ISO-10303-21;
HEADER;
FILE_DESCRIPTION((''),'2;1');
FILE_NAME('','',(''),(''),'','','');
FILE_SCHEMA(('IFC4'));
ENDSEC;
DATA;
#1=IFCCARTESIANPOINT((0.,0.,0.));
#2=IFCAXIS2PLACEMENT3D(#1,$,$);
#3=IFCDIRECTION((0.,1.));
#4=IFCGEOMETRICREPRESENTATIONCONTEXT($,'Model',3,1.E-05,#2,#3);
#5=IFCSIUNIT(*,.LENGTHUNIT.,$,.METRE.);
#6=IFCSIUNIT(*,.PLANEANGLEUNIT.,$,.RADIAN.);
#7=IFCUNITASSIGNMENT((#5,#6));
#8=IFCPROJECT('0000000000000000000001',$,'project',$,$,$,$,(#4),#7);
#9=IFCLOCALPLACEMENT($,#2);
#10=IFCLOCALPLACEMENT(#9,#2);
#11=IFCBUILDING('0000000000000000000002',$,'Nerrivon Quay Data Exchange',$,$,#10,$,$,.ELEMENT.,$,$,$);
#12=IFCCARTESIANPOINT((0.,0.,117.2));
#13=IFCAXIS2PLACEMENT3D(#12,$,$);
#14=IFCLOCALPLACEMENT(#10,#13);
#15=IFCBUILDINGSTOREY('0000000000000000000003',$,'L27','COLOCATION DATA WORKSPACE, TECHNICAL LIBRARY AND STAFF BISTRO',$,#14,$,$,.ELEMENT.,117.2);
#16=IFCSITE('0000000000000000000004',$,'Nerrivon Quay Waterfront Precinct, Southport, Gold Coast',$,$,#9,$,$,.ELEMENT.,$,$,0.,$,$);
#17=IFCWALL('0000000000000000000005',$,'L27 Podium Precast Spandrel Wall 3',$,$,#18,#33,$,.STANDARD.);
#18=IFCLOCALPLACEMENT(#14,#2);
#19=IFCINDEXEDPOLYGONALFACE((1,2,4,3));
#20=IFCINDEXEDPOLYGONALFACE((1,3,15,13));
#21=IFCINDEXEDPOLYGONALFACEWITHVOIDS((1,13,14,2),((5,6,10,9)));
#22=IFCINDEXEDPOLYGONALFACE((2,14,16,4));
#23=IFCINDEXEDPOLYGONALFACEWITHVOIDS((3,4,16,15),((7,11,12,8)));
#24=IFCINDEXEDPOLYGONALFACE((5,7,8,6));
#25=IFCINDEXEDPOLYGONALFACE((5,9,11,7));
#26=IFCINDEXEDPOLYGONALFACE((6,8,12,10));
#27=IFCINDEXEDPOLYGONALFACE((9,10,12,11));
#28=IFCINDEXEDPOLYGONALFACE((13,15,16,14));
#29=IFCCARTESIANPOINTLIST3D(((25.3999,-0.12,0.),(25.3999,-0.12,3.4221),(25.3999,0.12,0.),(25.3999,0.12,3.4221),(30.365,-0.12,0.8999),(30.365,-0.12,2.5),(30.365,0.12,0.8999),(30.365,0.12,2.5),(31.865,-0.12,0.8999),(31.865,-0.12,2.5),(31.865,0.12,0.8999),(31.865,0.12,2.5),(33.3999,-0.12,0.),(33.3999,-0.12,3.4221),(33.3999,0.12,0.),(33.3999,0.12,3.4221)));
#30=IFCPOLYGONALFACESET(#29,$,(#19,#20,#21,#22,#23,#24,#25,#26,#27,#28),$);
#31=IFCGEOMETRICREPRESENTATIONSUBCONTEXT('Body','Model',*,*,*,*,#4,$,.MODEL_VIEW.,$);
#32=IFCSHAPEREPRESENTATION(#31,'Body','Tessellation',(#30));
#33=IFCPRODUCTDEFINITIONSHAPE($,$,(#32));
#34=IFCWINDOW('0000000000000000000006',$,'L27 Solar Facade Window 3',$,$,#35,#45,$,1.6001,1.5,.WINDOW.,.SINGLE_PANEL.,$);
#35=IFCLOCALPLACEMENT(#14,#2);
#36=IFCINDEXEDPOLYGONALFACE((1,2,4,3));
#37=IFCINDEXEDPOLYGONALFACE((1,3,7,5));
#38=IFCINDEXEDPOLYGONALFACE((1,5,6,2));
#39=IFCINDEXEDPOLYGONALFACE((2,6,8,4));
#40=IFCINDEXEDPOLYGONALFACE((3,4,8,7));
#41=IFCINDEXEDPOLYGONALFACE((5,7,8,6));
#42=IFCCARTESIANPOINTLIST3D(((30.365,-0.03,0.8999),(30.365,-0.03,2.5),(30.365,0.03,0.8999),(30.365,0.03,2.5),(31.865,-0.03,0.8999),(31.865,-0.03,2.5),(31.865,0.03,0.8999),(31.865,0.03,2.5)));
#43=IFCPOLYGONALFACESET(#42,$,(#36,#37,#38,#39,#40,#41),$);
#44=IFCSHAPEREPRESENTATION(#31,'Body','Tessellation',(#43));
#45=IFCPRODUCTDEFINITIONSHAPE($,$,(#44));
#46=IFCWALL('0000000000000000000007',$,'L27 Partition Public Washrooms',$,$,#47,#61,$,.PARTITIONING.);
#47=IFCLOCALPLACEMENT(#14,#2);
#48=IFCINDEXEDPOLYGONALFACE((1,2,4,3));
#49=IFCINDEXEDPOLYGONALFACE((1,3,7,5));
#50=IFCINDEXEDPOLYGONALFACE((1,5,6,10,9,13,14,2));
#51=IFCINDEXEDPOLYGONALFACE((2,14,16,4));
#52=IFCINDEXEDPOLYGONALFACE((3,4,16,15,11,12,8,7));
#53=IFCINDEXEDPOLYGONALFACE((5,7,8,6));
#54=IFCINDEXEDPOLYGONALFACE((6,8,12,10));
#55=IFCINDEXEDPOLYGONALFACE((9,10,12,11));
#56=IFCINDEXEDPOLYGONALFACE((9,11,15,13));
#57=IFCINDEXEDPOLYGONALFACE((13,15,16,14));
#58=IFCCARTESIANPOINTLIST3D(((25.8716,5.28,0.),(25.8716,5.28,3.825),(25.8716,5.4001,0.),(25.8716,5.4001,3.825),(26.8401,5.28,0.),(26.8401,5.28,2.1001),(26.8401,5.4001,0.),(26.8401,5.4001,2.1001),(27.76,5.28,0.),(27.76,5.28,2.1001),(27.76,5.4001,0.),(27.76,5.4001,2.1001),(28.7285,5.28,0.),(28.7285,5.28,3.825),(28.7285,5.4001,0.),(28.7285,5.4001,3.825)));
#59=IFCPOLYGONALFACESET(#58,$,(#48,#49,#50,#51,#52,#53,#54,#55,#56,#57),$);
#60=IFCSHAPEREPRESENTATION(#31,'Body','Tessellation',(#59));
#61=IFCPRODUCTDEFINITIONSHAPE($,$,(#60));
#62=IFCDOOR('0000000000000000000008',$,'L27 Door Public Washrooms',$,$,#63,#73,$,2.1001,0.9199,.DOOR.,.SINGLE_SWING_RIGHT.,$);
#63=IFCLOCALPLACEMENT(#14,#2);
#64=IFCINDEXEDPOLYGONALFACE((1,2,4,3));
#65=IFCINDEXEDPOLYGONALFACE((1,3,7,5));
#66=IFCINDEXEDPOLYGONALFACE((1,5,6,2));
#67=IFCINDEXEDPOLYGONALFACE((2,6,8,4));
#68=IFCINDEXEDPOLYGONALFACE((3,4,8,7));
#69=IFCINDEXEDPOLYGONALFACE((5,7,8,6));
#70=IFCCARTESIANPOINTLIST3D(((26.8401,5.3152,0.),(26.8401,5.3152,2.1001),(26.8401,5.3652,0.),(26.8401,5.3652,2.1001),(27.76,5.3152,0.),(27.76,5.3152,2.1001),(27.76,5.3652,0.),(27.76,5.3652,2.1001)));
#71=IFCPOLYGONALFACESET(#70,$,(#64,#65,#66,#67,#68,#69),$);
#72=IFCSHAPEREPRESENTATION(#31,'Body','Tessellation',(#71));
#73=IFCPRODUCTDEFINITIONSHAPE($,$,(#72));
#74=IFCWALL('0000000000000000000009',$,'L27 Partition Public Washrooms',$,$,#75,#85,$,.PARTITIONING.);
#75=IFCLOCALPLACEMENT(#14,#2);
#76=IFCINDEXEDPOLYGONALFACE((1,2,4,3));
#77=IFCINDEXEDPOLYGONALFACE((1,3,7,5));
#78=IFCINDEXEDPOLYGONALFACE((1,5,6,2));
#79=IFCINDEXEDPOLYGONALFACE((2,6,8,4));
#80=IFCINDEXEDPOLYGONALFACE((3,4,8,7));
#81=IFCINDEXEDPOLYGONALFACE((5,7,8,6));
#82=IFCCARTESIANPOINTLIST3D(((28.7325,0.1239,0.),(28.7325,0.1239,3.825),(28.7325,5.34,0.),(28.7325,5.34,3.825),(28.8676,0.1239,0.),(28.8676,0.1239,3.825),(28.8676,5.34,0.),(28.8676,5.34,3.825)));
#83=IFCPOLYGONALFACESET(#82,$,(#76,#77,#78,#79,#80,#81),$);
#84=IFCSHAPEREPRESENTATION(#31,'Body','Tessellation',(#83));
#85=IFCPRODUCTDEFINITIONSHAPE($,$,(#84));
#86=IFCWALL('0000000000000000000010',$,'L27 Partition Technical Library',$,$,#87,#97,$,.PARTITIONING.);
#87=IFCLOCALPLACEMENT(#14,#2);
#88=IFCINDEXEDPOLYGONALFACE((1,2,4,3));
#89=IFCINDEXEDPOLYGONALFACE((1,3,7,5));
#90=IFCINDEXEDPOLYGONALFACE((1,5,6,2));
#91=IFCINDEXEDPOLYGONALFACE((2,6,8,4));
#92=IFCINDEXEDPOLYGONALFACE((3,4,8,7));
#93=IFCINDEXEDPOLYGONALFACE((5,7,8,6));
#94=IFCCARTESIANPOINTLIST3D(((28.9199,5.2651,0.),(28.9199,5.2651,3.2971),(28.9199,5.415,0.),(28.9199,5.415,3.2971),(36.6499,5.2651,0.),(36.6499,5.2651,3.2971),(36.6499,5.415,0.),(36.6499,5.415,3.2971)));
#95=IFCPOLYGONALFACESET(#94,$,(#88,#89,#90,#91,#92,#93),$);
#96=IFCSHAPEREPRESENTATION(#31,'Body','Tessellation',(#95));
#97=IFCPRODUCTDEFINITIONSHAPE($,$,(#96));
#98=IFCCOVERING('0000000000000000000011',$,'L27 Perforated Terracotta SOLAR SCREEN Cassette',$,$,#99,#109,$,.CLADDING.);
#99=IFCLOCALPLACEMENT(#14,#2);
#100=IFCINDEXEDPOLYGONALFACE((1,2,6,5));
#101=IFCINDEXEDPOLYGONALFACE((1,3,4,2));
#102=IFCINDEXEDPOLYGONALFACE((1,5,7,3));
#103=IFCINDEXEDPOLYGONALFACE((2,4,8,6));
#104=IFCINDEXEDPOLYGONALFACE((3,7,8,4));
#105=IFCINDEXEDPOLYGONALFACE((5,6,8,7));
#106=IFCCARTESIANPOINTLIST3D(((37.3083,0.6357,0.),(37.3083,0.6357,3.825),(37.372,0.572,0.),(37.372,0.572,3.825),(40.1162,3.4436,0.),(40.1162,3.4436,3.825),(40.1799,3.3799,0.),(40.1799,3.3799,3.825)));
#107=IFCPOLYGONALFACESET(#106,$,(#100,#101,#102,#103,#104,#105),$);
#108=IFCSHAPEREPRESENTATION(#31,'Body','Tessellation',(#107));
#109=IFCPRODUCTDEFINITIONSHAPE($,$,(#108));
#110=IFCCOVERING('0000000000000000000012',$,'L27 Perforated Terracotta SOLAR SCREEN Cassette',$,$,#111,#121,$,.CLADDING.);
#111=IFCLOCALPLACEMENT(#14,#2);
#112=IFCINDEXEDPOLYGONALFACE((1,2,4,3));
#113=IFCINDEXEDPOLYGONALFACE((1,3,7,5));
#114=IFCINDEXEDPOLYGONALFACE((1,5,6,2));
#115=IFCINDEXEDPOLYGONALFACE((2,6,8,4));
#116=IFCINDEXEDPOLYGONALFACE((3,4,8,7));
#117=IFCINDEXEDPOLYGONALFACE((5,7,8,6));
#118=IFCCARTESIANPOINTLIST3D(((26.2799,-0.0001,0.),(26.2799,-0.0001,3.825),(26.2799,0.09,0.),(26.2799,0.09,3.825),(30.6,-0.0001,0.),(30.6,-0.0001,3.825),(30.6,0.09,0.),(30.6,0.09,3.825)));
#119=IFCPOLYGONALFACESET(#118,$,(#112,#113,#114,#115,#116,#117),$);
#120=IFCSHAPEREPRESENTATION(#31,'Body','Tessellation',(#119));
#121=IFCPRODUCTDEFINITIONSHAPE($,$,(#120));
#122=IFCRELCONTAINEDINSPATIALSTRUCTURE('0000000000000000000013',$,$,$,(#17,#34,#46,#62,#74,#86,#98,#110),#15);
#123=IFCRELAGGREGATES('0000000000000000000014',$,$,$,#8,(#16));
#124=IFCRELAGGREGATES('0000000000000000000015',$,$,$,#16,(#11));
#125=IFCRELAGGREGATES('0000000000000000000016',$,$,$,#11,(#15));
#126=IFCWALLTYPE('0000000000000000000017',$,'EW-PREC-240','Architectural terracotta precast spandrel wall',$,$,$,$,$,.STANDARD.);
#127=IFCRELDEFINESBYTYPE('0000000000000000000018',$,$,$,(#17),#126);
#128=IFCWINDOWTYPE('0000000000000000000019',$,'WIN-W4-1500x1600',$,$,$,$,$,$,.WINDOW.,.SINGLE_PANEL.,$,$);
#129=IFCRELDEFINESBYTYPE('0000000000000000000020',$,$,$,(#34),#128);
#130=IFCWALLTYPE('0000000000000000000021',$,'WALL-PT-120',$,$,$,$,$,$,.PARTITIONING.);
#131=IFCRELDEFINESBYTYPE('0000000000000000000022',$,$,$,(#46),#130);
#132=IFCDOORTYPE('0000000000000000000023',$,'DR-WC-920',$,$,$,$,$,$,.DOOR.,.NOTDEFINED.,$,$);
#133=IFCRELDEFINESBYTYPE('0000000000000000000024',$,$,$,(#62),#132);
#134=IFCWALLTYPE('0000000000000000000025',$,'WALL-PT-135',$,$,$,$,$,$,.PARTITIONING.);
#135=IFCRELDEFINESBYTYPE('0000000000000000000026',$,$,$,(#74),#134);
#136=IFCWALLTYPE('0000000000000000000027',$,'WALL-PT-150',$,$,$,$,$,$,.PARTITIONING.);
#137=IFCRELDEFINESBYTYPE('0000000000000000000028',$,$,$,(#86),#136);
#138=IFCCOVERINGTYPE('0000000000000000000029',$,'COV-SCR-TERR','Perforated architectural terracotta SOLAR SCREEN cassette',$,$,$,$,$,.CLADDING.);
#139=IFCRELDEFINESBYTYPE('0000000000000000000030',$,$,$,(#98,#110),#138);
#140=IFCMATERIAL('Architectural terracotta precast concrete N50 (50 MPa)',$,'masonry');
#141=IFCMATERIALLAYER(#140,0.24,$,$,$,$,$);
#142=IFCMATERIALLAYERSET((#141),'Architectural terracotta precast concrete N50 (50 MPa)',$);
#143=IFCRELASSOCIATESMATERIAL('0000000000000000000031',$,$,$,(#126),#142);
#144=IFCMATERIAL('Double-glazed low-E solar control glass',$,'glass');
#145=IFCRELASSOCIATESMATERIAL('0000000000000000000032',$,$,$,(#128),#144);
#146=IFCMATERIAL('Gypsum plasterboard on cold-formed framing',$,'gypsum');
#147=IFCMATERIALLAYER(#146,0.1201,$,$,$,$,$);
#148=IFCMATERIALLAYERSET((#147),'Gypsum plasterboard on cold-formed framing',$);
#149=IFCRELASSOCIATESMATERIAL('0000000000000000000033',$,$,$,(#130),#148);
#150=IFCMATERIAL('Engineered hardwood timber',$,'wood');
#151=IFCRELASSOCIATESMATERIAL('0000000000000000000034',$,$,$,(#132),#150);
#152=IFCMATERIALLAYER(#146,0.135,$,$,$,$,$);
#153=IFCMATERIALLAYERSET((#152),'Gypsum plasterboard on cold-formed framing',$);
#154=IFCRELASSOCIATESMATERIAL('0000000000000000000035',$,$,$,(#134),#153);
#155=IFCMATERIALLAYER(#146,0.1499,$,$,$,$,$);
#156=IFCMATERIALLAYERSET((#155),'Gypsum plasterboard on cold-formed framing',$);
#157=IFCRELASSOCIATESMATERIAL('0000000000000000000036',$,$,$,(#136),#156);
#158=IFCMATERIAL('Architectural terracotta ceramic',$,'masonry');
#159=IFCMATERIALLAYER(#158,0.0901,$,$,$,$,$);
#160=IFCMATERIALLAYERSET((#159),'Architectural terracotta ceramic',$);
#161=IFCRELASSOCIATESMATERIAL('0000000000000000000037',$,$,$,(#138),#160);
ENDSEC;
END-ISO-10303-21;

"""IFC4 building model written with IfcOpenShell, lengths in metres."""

from ifc_helpers import new_model, si_unit, direction, frame, frame_2d, origin, origin_2d, place, context, subcontext, project, spatial, rectangle, extrude, material, layer, layer_set, type_object, element, fill, save


model = new_model("IFC4")

# Units and contexts
model_context = context("Model", 3, precision=1e-05, world=origin(), true_north=direction((0.0, 1.0)))
body_context = subcontext(model_context, "Body", "Model", "MODEL_VIEW")
ifc_project = project(units=[si_unit("LENGTHUNIT", "METRE"), si_unit("PLANEANGLEUNIT", "RADIAN")], contexts=[model_context])

# Site, building, storey
site_placement = place(None, origin())
site = spatial("IfcSite", under=ifc_project, at=site_placement, Name="Nerrivon Quay Waterfront Precinct, Southport, Gold Coast", CompositionType="ELEMENT", RefElevation=0.0)
building_placement = place(site_placement, origin())
building = spatial("IfcBuilding", under=site, at=building_placement, Name="Nerrivon Quay Data Exchange", CompositionType="ELEMENT")
storey_placement = place(building_placement, frame((0.0, 0.0, 117.2)))
storey = spatial("IfcBuildingStorey", under=building, at=storey_placement, Name="L27", Description="COLOCATION DATA WORKSPACE, TECHNICAL LIBRARY AND STAFF BISTRO", CompositionType="ELEMENT", Elevation=117.2)

# Shared definitions
ifc_material_1 = material(Name="Double-glazed low-E solar control glass", Category="glass")

# Wall, opening, window
ifc_material_2 = material(Name="Architectural terracotta precast concrete N50 (50 MPa)", Category="masonry")
ifc_layer_1 = layer(ifc_material_2, 0.24)
ifc_layer_set_1 = layer_set([ifc_layer_1], Name="Architectural terracotta precast concrete N50 (50 MPa)")
wall_type_1 = type_object("IfcWallType", Name="EW-PREC-240", Description="Architectural terracotta precast spandrel wall", PredefinedType="STANDARD", material=ifc_layer_set_1)
wall_1_placement = place(storey_placement, frame((33.3999, 0.0, 0.0), z_axis=(0.0, 0.0, 1.0), x_axis=(-1.0, 0.0, 0.0)))
wall_1 = element("IfcWall", 1, at=wall_1_placement, inside=storey, type_object=wall_type_1, Name="L27 Podium Precast Spandrel Wall 3", PredefinedType="STANDARD", context=body_context, shape_type="SweptSolid", body=[
    extrude(rectangle(XDim=8.0, YDim=0.24, at=frame_2d((4.0, 0.0))), origin(), (0.0, 0.0, 1.0), 3.4221),
])
opening_1_placement = place(wall_1_placement, frame((1.5349, 0.0, 0.8999)))
opening_1 = element("IfcOpeningElement", 2, at=opening_1_placement, cuts=wall_1, PredefinedType="OPENING", context=body_context, shape_type="SweptSolid", body=[
    extrude(rectangle(XDim=1.5, YDim=1.6001, at=frame_2d((0.75, 0.8))), frame((0.0, 0.1299, 0.0), z_axis=(0.0, -1.0, 0.0), x_axis=(1.0, 0.0, 0.0)), (0.0, 0.0, 1.0), 0.26),
])
window_type = type_object("IfcWindowType", Name="WIN-W4-1500x1600", PartitioningType="SINGLE_PANEL", PredefinedType="WINDOW", material=ifc_material_1)
window_placement = place(opening_1_placement, origin())
window = element("IfcWindow", 3, at=window_placement, inside=storey, type_object=window_type, Name="L27 Solar Facade Window 3", OverallHeight=1.6001, OverallWidth=1.5, PartitioningType="SINGLE_PANEL", PredefinedType="WINDOW", context=body_context, shape_type="SweptSolid", body=[
    extrude(rectangle(XDim=1.5, YDim=1.6001, at=frame_2d((0.75, 0.8))), frame((0.0, 0.03, 0.0), z_axis=(0.0, -1.0, 0.0), x_axis=(1.0, 0.0, 0.0)), (0.0, 0.0, 1.0), 0.0601),
])
fill(opening_1, window)

# Wall, opening, door
ifc_material_3 = material(Name="Gypsum plasterboard on cold-formed framing", Category="gypsum")
ifc_layer_2 = layer(ifc_material_3, 0.1201)
ifc_layer_set_2 = layer_set([ifc_layer_2], Name="Gypsum plasterboard on cold-formed framing")
wall_type_2 = type_object("IfcWallType", Name="WALL-PT-120", PredefinedType="PARTITIONING", material=ifc_layer_set_2)
wall_2_placement = place(storey_placement, frame((28.7285, 5.3401, 0.0), z_axis=(0.0, 0.0, 1.0), x_axis=(-1.0, 0.0, 0.0)))
wall_2 = element("IfcWall", 4, at=wall_2_placement, inside=storey, type_object=wall_type_2, Name="L27 Partition Public Washrooms", PredefinedType="PARTITIONING", context=body_context, shape_type="SweptSolid", body=[
    extrude(rectangle(XDim=2.8569, YDim=0.1201, at=frame_2d((1.4285, 0.0))), origin(), (0.0, 0.0, 1.0), 3.825),
])
opening_2_placement = place(wall_2_placement, frame((0.9685, 0.0, 0.0)))
opening_2 = element("IfcOpeningElement", 5, at=opening_2_placement, cuts=wall_2, PredefinedType="OPENING", context=body_context, shape_type="SweptSolid", body=[
    extrude(rectangle(XDim=0.9199, YDim=2.1001, at=frame_2d((0.46, 1.05))), frame((0.0, 0.0701, 0.0), z_axis=(0.0, -1.0, 0.0), x_axis=(1.0, 0.0, 0.0)), (0.0, 0.0, 1.0), 0.1401),
])
ifc_material_4 = material(Name="Engineered hardwood timber", Category="wood")
door_type_1 = type_object("IfcDoorType", Name="DR-WC-920", OperationType="NOTDEFINED", PredefinedType="DOOR", material=ifc_material_4)
door_1_placement = place(opening_2_placement, origin())
door_1 = element("IfcDoor", 6, at=door_1_placement, inside=storey, type_object=door_type_1, Name="L27 Door Public Washrooms", OperationType="SINGLE_SWING_RIGHT", OverallHeight=2.1001, OverallWidth=0.9199, PredefinedType="DOOR", context=body_context, shape_type="SweptSolid", body=[
    extrude(rectangle(XDim=0.9199, YDim=2.1001, at=frame_2d((0.46, 1.05))), frame((0.0, 0.0249, 0.0), z_axis=(0.0, -1.0, 0.0), x_axis=(1.0, 0.0, 0.0)), (0.0, 0.0, 1.0), 0.05),
])
fill(opening_2, door_1)

# Wall
ifc_layer_3 = layer(ifc_material_3, 0.135)
ifc_layer_set_3 = layer_set([ifc_layer_3], Name="Gypsum plasterboard on cold-formed framing")
wall_type_3 = type_object("IfcWallType", Name="WALL-PT-135", PredefinedType="PARTITIONING", material=ifc_layer_set_3)
wall_3_placement = place(storey_placement, frame((28.8, 0.124, 0.0), z_axis=(0.0, 0.0, 1.0), x_axis=(0.0, 1.0, 0.0)))
element("IfcWall", 7, at=wall_3_placement, inside=storey, type_object=wall_type_3, Name="L27 Partition Public Washrooms", PredefinedType="PARTITIONING", context=body_context, shape_type="SweptSolid", body=[
    extrude(rectangle(XDim=5.2161, YDim=0.135, at=frame_2d((2.6079, 0.0))), origin(), (0.0, 0.0, 1.0), 3.825),
])

# Wall
ifc_layer_4 = layer(ifc_material_3, 0.1499)
ifc_layer_set_4 = layer_set([ifc_layer_4], Name="Gypsum plasterboard on cold-formed framing")
wall_type_4 = type_object("IfcWallType", Name="WALL-PT-150", PredefinedType="PARTITIONING", material=ifc_layer_set_4)
wall_4_placement = place(storey_placement, frame((36.6499, 5.3401, 0.0), z_axis=(0.0, 0.0, 1.0), x_axis=(-1.0, 0.0, 0.0)))
element("IfcWall", 8, at=wall_4_placement, inside=storey, type_object=wall_type_4, Name="L27 Partition Technical Library", PredefinedType="PARTITIONING", context=body_context, shape_type="SweptSolid", body=[
    extrude(rectangle(XDim=7.73, YDim=0.1499, at=frame_2d((3.865, 0.0))), origin(), (0.0, 0.0, 1.0), 3.2971),
])

# Coverings
ifc_material_5 = material(Name="Architectural terracotta ceramic", Category="masonry")
ifc_layer_5 = layer(ifc_material_5, 0.0901)
ifc_layer_set_5 = layer_set([ifc_layer_5], Name="Architectural terracotta ceramic")
covering_type = type_object("IfcCoveringType", Name="COV-SCR-TERR", Description="Perforated architectural terracotta SOLAR SCREEN cassette", PredefinedType="CLADDING", material=ifc_layer_set_5)
covering_1_placement = place(storey_placement, frame((38.7441, 2.0078, 0.0), z_axis=(0.0, 0.0, 1.0), x_axis=(-0.707107, -0.707107, 0.0)))
element("IfcCovering", 9, at=covering_1_placement, inside=storey, type_object=covering_type, Name="L27 Perforated Terracotta SOLAR SCREEN Cassette", PredefinedType="CLADDING", context=body_context, shape_type="SweptSolid", body=[
    extrude(rectangle(XDim=3.9709, YDim=0.0901, at=origin_2d()), origin(), (0.0, 0.0, 1.0), 3.825),
])
covering_2_placement = place(storey_placement, frame((28.4399, 0.0449, 0.0), z_axis=(0.0, 0.0, 1.0), x_axis=(-1.0, 0.0, 0.0)))
element("IfcCovering", 10, at=covering_2_placement, inside=storey, type_object=covering_type, Name="L27 Perforated Terracotta SOLAR SCREEN Cassette", PredefinedType="CLADDING", context=body_context, shape_type="SweptSolid", body=[
    extrude(rectangle(XDim=4.3201, YDim=0.0901, at=origin_2d()), origin(), (0.0, 0.0, 1.0), 3.825),
])

save(model, "model.ifc")
